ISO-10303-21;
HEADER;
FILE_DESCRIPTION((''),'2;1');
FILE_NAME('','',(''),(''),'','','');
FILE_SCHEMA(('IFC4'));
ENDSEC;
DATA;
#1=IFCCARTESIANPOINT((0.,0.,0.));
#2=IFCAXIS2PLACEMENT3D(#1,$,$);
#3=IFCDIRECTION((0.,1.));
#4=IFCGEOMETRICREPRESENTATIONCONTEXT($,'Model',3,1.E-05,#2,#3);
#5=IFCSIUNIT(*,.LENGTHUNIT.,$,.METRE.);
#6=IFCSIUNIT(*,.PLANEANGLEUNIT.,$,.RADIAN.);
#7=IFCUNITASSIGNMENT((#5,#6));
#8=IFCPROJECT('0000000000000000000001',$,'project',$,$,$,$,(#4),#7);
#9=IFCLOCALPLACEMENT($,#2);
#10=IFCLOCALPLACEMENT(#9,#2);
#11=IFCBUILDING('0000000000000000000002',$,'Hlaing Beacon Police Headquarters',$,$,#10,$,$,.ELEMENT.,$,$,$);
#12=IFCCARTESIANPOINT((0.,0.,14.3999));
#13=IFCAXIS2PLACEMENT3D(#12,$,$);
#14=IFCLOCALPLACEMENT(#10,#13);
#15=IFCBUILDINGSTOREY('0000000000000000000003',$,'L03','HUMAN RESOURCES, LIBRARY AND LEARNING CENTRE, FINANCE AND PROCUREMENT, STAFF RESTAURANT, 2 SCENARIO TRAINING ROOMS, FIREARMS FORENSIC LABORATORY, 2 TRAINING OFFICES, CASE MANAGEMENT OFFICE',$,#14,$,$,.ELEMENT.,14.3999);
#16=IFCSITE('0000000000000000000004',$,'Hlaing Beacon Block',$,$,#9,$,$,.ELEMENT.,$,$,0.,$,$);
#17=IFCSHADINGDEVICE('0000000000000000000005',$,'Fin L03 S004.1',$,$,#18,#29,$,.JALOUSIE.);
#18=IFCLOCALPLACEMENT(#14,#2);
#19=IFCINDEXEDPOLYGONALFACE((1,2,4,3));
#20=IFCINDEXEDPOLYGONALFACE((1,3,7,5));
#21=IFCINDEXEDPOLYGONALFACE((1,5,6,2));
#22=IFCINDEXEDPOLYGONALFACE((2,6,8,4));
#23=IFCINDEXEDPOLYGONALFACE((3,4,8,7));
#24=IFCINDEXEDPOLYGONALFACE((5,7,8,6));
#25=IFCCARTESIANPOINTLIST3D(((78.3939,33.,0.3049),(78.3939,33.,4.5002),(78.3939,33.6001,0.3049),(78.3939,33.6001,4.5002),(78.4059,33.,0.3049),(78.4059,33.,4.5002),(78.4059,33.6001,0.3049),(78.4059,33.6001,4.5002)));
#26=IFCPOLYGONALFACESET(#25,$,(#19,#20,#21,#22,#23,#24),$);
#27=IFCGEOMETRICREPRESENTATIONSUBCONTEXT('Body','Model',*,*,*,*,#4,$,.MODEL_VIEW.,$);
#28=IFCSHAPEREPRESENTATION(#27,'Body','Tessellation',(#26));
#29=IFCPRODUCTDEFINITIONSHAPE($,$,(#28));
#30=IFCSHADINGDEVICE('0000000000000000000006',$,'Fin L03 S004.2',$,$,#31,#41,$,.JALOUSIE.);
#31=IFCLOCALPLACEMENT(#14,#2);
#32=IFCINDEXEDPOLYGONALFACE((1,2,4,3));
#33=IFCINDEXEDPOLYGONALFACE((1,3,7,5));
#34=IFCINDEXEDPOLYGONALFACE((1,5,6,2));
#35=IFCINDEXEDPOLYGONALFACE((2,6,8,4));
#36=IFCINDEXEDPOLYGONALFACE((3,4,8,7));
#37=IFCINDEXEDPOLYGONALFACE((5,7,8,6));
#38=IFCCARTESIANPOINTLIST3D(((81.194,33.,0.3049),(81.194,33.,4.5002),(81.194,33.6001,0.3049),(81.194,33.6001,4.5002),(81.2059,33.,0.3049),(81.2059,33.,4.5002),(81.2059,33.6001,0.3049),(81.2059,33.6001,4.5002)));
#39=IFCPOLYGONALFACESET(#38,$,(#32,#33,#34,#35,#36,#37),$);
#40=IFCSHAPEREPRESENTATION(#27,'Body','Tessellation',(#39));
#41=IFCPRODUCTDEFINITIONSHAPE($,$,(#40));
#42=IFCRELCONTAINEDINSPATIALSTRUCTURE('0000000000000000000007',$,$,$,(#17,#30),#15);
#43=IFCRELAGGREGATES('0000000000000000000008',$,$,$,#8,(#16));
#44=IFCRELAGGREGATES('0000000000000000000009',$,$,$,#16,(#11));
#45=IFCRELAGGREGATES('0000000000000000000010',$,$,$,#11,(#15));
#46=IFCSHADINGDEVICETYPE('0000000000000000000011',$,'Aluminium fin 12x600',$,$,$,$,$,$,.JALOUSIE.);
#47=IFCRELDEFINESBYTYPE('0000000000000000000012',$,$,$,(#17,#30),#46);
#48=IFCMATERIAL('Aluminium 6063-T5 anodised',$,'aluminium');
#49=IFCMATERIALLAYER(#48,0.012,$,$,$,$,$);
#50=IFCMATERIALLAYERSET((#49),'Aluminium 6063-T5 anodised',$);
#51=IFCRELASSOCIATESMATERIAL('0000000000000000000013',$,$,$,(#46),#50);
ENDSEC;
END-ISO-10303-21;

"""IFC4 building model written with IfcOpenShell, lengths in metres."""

from ifc_helpers import new_model, si_unit, direction, frame, origin, origin_2d, place, context, subcontext, project, spatial, rectangle, extrude, material, layer, layer_set, type_object, element, save


model = new_model("IFC4")

# Units and contexts
model_context = context("Model", 3, precision=1e-05, world=origin(), true_north=direction((0.0, 1.0)))
body_context = subcontext(model_context, "Body", "Model", "MODEL_VIEW")
ifc_project = project(units=[si_unit("LENGTHUNIT", "METRE"), si_unit("PLANEANGLEUNIT", "RADIAN")], contexts=[model_context])

# Site, building, storey
site_placement = place(None, origin())
site = spatial("IfcSite", under=ifc_project, at=site_placement, Name="Hlaing Beacon Block", CompositionType="ELEMENT", RefElevation=0.0)
building_placement = place(site_placement, origin())
building = spatial("IfcBuilding", under=site, at=building_placement, Name="Hlaing Beacon Police Headquarters", CompositionType="ELEMENT")
storey_placement = place(building_placement, frame((0.0, 0.0, 14.3999)))
storey = spatial("IfcBuildingStorey", under=building, at=storey_placement, Name="L03", Description="HUMAN RESOURCES, LIBRARY AND LEARNING CENTRE, FINANCE AND PROCUREMENT, STAFF RESTAURANT, 2 SCENARIO TRAINING ROOMS, FIREARMS FORENSIC LABORATORY, 2 TRAINING OFFICES, CASE MANAGEMENT OFFICE", CompositionType="ELEMENT", Elevation=14.3999)

# Shading devices
ifc_material_1 = material(Name="Aluminium 6063-T5 anodised", Category="aluminium")
ifc_layer_1 = layer(ifc_material_1, 0.012)
ifc_layer_set_1 = layer_set([ifc_layer_1], Name="Aluminium 6063-T5 anodised")
shading_device_type = type_object("IfcShadingDeviceType", Name="Aluminium fin 12x600", PredefinedType="JALOUSIE", material=ifc_layer_set_1)
for number, where, z_axis, x_axis, name in (
    (1, (78.3999, 33.3, 0.3049), (0.0, 0.0, 1.0), (1.0, 0.0, 0.0), "Fin L03 S004.1"),
    (2, (81.2, 33.3, 0.3049), (0.0, 0.0, 1.0), (1.0, 0.0, 0.0), "Fin L03 S004.2"),
):
    element("IfcShadingDevice", number, at=place(storey_placement, frame(where, z_axis=z_axis, x_axis=x_axis)), inside=storey, type_object=shading_device_type, Name=name, PredefinedType="JALOUSIE", context=body_context, shape_type="SweptSolid", body=[
        extrude(rectangle(XDim=0.012, YDim=0.6001, at=origin_2d()), origin(), (0.0, 0.0, 1.0), 4.1953),
    ])

save(model, "model.ifc")
